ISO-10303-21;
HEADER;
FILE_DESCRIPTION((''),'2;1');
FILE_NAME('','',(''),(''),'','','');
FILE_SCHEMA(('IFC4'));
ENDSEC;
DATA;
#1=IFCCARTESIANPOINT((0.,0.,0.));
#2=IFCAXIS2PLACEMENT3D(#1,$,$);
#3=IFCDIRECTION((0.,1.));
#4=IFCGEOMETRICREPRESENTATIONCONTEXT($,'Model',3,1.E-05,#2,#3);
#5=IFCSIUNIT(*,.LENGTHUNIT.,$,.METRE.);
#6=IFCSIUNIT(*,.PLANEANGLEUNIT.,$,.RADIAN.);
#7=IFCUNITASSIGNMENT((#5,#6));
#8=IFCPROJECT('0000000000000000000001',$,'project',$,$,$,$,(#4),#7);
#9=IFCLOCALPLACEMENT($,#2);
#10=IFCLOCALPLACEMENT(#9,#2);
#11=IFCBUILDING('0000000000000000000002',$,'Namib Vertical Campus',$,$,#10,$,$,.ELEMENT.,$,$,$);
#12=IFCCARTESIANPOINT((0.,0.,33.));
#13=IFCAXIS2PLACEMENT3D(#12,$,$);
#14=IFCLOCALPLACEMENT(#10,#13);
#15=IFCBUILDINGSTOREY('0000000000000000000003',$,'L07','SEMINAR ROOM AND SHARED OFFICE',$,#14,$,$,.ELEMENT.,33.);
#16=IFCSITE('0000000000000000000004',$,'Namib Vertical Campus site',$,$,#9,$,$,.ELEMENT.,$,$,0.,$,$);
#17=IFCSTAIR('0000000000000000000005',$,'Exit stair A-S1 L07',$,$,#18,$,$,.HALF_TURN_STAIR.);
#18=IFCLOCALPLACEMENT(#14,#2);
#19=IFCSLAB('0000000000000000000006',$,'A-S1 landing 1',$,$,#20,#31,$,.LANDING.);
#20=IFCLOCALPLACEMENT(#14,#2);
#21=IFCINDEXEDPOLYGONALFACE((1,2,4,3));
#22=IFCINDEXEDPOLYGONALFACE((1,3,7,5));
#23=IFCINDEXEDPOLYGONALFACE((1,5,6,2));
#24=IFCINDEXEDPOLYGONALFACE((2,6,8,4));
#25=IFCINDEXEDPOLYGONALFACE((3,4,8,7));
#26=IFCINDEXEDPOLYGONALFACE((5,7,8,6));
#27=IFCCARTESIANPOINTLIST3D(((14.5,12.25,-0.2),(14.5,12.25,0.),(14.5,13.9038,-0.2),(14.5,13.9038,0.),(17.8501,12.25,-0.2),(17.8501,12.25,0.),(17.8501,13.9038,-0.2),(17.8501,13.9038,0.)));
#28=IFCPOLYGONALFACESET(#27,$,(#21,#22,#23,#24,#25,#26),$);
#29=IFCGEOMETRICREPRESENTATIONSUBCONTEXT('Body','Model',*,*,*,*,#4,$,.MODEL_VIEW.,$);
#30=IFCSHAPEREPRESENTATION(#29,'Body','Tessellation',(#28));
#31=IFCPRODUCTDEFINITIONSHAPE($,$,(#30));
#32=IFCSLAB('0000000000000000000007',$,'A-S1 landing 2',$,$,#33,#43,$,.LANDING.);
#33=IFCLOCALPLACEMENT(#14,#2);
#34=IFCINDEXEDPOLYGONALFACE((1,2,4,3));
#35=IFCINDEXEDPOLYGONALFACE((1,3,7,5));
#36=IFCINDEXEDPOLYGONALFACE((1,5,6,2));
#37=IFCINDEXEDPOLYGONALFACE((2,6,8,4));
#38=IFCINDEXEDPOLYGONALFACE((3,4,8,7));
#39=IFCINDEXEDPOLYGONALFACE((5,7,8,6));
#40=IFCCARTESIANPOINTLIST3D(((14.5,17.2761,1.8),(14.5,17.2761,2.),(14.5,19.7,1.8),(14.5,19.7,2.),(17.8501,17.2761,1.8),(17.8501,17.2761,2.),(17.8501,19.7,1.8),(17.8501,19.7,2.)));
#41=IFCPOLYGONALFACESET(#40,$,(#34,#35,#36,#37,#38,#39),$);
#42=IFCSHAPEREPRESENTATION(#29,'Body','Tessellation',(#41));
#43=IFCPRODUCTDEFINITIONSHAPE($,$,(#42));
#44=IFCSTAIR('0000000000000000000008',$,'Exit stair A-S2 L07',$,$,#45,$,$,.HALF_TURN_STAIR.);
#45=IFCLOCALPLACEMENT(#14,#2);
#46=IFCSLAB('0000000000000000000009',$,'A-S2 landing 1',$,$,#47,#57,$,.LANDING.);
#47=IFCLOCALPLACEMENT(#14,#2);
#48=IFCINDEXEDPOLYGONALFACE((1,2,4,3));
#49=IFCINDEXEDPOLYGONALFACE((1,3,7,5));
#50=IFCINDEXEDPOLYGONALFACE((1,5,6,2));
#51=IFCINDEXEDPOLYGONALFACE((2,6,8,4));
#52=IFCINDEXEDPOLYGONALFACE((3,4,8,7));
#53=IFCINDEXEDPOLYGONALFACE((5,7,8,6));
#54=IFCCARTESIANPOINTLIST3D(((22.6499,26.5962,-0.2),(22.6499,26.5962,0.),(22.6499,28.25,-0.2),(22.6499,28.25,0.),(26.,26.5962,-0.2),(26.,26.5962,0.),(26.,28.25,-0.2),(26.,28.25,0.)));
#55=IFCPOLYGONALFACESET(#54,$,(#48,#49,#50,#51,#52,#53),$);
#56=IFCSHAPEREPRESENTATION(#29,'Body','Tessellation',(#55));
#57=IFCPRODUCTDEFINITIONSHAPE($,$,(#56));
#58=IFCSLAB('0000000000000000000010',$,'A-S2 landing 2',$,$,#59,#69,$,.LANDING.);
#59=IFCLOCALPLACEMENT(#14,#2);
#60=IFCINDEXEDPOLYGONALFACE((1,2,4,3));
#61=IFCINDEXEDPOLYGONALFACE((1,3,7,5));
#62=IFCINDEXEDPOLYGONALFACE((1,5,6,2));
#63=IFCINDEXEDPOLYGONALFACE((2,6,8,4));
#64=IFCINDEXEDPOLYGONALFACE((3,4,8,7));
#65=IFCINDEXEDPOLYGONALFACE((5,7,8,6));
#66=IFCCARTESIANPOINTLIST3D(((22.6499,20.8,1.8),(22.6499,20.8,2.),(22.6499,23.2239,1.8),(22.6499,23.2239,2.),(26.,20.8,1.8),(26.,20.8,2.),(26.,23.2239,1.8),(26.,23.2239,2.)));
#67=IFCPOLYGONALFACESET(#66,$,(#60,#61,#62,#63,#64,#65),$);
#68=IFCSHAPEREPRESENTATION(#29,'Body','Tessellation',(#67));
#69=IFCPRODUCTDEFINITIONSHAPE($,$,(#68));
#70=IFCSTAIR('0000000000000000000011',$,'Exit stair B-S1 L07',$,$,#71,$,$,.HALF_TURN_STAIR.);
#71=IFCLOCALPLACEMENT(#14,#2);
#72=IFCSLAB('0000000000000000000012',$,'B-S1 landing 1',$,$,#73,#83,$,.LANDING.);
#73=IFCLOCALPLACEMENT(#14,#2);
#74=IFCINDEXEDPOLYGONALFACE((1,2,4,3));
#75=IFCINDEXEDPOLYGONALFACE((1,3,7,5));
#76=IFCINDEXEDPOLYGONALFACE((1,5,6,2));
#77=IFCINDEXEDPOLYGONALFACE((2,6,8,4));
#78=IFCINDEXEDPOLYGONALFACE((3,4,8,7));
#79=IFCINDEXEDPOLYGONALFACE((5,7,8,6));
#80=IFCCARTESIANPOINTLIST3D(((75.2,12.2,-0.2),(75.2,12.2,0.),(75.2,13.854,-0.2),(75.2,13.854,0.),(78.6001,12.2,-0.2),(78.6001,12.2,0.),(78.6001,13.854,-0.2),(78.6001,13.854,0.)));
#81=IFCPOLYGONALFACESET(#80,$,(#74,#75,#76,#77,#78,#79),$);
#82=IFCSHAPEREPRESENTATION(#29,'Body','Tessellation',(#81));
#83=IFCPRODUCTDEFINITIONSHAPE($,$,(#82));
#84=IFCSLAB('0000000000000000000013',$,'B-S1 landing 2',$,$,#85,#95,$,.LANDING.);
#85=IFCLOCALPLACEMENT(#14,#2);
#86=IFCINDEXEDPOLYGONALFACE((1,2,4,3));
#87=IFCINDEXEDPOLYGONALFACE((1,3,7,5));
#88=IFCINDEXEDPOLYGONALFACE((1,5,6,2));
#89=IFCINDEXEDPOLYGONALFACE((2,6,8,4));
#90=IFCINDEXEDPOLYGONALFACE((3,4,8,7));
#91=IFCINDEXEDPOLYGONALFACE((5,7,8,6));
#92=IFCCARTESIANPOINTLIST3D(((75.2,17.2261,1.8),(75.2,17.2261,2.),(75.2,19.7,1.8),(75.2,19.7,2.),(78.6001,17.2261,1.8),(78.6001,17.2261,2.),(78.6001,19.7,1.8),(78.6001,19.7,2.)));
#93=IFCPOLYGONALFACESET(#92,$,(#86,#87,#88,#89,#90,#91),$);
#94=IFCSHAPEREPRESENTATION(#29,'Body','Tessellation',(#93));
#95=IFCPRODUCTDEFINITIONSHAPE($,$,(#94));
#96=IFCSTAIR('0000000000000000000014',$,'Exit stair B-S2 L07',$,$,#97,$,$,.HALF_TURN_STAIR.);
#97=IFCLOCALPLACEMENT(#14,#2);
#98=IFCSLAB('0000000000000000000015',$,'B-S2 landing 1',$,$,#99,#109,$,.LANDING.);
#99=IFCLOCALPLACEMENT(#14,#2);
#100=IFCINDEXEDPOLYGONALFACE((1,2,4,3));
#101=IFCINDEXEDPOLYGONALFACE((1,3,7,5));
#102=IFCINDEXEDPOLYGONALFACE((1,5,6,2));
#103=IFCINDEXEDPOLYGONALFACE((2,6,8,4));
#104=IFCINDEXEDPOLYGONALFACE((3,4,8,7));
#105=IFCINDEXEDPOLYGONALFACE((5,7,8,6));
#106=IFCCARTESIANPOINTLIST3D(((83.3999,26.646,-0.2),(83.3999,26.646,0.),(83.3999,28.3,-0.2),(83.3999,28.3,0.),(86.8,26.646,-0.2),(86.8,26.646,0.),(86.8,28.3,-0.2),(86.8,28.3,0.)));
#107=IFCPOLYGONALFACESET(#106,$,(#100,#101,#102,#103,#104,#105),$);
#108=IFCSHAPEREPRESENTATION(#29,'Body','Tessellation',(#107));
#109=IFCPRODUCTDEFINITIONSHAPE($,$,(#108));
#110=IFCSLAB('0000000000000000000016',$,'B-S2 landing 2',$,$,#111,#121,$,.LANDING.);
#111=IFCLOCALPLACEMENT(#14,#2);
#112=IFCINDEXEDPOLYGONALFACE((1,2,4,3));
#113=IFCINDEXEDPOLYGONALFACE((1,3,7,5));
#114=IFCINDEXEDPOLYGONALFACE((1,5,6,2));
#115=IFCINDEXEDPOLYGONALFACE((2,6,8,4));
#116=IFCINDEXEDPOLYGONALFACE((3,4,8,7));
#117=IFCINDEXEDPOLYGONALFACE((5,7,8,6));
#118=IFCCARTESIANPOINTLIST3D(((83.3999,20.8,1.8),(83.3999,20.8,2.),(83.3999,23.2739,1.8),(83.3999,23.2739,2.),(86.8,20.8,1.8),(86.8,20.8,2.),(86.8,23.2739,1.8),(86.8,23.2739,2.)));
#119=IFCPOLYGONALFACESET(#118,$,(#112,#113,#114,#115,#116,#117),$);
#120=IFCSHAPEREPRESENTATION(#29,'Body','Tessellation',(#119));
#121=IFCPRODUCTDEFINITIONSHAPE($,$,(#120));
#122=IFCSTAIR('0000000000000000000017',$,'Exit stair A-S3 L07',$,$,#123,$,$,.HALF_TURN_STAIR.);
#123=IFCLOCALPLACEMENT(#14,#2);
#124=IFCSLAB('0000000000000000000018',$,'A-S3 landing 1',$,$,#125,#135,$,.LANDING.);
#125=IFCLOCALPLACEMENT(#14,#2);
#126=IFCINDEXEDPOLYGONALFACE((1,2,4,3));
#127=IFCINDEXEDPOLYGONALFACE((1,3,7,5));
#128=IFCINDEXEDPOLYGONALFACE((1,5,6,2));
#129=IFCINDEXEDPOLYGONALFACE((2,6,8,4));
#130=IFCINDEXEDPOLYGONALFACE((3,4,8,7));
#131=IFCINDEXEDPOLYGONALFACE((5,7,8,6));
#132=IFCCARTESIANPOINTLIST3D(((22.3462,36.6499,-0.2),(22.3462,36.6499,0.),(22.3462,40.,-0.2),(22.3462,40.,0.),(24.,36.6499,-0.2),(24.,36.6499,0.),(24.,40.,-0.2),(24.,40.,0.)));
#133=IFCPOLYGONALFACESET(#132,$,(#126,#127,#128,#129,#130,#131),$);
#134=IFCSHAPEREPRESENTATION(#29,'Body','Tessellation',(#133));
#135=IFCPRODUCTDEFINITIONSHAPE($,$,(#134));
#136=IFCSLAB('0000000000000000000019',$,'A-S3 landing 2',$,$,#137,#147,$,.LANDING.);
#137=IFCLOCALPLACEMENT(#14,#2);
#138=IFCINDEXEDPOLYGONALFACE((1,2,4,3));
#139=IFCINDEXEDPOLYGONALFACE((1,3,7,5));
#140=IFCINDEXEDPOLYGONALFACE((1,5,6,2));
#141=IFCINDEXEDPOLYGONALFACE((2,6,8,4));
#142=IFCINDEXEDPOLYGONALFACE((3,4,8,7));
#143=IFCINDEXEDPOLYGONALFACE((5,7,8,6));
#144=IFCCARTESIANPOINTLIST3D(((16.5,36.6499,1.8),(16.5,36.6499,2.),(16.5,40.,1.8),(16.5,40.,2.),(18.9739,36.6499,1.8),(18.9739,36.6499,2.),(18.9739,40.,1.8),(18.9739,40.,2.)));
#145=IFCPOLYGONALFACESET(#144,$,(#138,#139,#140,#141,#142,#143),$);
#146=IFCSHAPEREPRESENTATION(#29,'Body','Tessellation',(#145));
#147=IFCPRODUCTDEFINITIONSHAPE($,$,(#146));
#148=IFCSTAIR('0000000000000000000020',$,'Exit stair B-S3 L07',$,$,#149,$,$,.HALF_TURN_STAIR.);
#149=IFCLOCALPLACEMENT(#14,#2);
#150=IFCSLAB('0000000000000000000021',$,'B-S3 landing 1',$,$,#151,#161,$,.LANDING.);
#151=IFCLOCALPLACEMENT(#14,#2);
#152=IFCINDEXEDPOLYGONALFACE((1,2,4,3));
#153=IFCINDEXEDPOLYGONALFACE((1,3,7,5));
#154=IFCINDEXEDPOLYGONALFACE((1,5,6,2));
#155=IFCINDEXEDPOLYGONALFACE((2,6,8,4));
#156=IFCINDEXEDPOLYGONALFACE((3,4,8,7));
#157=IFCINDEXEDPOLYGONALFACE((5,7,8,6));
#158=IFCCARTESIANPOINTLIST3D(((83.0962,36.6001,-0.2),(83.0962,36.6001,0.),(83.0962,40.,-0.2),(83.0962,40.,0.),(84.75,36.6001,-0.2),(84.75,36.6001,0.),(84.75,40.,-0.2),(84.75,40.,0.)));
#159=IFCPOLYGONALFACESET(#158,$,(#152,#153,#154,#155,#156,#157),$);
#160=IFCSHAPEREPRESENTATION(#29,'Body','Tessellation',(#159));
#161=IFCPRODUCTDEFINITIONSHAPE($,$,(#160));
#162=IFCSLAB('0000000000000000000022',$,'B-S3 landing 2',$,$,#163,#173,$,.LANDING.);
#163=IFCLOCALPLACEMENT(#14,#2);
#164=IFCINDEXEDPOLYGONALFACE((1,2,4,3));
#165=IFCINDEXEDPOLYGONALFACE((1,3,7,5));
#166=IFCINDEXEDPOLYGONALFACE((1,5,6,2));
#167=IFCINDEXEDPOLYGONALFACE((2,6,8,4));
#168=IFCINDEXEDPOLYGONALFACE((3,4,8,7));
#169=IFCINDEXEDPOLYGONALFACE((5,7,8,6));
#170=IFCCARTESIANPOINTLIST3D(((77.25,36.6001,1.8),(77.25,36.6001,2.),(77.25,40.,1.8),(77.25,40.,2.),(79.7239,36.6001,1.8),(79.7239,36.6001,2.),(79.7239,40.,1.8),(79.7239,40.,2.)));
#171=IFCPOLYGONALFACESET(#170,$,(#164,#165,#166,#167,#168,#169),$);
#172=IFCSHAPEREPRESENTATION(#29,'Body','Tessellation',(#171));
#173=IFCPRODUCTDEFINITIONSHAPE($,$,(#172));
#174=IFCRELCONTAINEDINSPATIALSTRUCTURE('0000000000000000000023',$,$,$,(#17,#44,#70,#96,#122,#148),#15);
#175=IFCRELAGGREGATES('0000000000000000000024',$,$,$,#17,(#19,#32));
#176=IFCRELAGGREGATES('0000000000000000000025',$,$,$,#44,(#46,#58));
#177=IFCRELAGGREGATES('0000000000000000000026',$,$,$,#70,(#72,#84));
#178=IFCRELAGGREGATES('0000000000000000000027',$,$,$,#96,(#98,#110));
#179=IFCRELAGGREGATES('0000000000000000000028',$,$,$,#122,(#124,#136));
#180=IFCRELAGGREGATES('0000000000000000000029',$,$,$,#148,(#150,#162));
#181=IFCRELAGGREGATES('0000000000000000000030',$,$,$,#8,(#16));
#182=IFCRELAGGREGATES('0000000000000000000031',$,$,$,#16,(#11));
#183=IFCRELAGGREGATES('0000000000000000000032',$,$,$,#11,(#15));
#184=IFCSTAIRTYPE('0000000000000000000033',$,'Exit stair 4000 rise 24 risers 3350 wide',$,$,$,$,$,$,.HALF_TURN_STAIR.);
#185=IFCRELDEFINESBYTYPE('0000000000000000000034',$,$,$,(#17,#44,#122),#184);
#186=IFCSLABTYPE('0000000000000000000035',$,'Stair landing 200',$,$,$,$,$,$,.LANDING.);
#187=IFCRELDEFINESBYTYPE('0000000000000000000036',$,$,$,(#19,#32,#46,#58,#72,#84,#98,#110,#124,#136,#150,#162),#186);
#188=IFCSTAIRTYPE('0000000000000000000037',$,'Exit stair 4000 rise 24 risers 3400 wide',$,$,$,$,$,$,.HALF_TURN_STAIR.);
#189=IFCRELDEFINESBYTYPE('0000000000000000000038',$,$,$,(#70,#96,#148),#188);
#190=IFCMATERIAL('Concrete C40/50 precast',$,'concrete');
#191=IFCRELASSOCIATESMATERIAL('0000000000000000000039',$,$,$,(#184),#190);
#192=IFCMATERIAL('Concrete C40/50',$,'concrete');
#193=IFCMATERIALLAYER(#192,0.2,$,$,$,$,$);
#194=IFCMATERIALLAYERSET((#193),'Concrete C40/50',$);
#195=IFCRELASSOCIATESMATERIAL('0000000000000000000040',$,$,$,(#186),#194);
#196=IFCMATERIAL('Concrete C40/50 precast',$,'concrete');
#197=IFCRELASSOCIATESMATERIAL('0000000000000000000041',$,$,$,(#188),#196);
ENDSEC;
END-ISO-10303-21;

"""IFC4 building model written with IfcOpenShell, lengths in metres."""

from ifc_helpers import new_model, si_unit, direction, frame, origin, place, context, subcontext, project, spatial, polyline, outline, extrude, material, layer, layer_set, type_object, element, aggregate, save


model = new_model("IFC4")

# Units and contexts
model_context = context("Model", 3, precision=1e-05, world=origin(), true_north=direction((0.0, 1.0)))
body_context = subcontext(model_context, "Body", "Model", "MODEL_VIEW")
ifc_project = project(units=[si_unit("LENGTHUNIT", "METRE"), si_unit("PLANEANGLEUNIT", "RADIAN")], contexts=[model_context])

# Site, building, storey
site_placement = place(None, origin())
site = spatial("IfcSite", under=ifc_project, at=site_placement, Name="Namib Vertical Campus site", CompositionType="ELEMENT", RefElevation=0.0)
building_placement = place(site_placement, origin())
building = spatial("IfcBuilding", under=site, at=building_placement, Name="Namib Vertical Campus", CompositionType="ELEMENT")
storey_placement = place(building_placement, frame((0.0, 0.0, 33.0)))
storey = spatial("IfcBuildingStorey", under=building, at=storey_placement, Name="L07", Description="SEMINAR ROOM AND SHARED OFFICE", CompositionType="ELEMENT", Elevation=33.0)

# Stairs, slabs
ifc_material_1 = material(Name="Concrete C40/50 precast", Category="concrete")
stair_type_1 = type_object("IfcStairType", Name="Exit stair 4000 rise 24 risers 3350 wide", PredefinedType="HALF_TURN_STAIR", material=ifc_material_1)
stair_1_placement = place(storey_placement, origin())
stair_1 = element("IfcStair", 1, at=stair_1_placement, inside=storey, type_object=stair_type_1, Name="Exit stair A-S1 L07", PredefinedType="HALF_TURN_STAIR")
ifc_material_2 = material(Name="Concrete C40/50", Category="concrete")
ifc_layer_1 = layer(ifc_material_2, 0.2)
ifc_layer_set_1 = layer_set([ifc_layer_1], Name="Concrete C40/50")
slab_type_1 = type_object("IfcSlabType", Name="Stair landing 200", PredefinedType="LANDING", material=ifc_layer_set_1)
slab_1_placement = place(storey_placement, frame((0.0, 0.0, -0.2)))
slab_1 = element("IfcSlab", 2, at=slab_1_placement, type_object=slab_type_1, Name="A-S1 landing 1", PredefinedType="LANDING", context=body_context, shape_type="SweptSolid", body=[
    extrude(outline(polyline([(14.5, 12.25), (17.8501, 12.25), (17.8501, 13.9038), (14.5, 13.9038), (14.5, 12.25)])), origin(), (0.0, 0.0, 1.0), 0.2),
])
slab_2_placement = place(storey_placement, frame((0.0, 0.0, 1.8)))
slab_2 = element("IfcSlab", 3, at=slab_2_placement, type_object=slab_type_1, Name="A-S1 landing 2", PredefinedType="LANDING", context=body_context, shape_type="SweptSolid", body=[
    extrude(outline(polyline([(14.5, 17.2761), (17.8501, 17.2761), (17.8501, 19.7), (14.5, 19.7), (14.5, 17.2761)])), origin(), (0.0, 0.0, 1.0), 0.2),
])
aggregate(stair_1, [slab_1, slab_2])
stair_2_placement = place(storey_placement, origin())
stair_2 = element("IfcStair", 4, at=stair_2_placement, inside=storey, type_object=stair_type_1, Name="Exit stair A-S2 L07", PredefinedType="HALF_TURN_STAIR")
slab_3_placement = place(storey_placement, frame((0.0, 0.0, -0.2)))
slab_3 = element("IfcSlab", 5, at=slab_3_placement, type_object=slab_type_1, Name="A-S2 landing 1", PredefinedType="LANDING", context=body_context, shape_type="SweptSolid", body=[
    extrude(outline(polyline([(22.6499, 26.5962), (26.0, 26.5962), (26.0, 28.25), (22.6499, 28.25), (22.6499, 26.5962)])), origin(), (0.0, 0.0, 1.0), 0.2),
])
slab_4_placement = place(storey_placement, frame((0.0, 0.0, 1.8)))
slab_4 = element("IfcSlab", 6, at=slab_4_placement, type_object=slab_type_1, Name="A-S2 landing 2", PredefinedType="LANDING", context=body_context, shape_type="SweptSolid", body=[
    extrude(outline(polyline([(22.6499, 20.8), (26.0, 20.8), (26.0, 23.2239), (22.6499, 23.2239), (22.6499, 20.8)])), origin(), (0.0, 0.0, 1.0), 0.2),
])
aggregate(stair_2, [slab_3, slab_4])
ifc_material_3 = material(Name="Concrete C40/50 precast", Category="concrete")
stair_type_2 = type_object("IfcStairType", Name="Exit stair 4000 rise 24 risers 3400 wide", PredefinedType="HALF_TURN_STAIR", material=ifc_material_3)
stair_3_placement = place(storey_placement, origin())
stair_3 = element("IfcStair", 7, at=stair_3_placement, inside=storey, type_object=stair_type_2, Name="Exit stair B-S1 L07", PredefinedType="HALF_TURN_STAIR")
slab_5_placement = place(storey_placement, frame((0.0, 0.0, -0.2)))
slab_5 = element("IfcSlab", 8, at=slab_5_placement, type_object=slab_type_1, Name="B-S1 landing 1", PredefinedType="LANDING", context=body_context, shape_type="SweptSolid", body=[
    extrude(outline(polyline([(75.2, 12.2), (78.6001, 12.2), (78.6001, 13.854), (75.2, 13.854), (75.2, 12.2)])), origin(), (0.0, 0.0, 1.0), 0.2),
])
slab_6_placement = place(storey_placement, frame((0.0, 0.0, 1.8)))
slab_6 = element("IfcSlab", 9, at=slab_6_placement, type_object=slab_type_1, Name="B-S1 landing 2", PredefinedType="LANDING", context=body_context, shape_type="SweptSolid", body=[
    extrude(outline(polyline([(75.2, 17.2261), (78.6001, 17.2261), (78.6001, 19.7), (75.2, 19.7), (75.2, 17.2261)])), origin(), (0.0, 0.0, 1.0), 0.2),
])
aggregate(stair_3, [slab_5, slab_6])
stair_4_placement = place(storey_placement, origin())
stair_4 = element("IfcStair", 10, at=stair_4_placement, inside=storey, type_object=stair_type_2, Name="Exit stair B-S2 L07", PredefinedType="HALF_TURN_STAIR")
slab_7_placement = place(storey_placement, frame((0.0, 0.0, -0.2)))
slab_7 = element("IfcSlab", 11, at=slab_7_placement, type_object=slab_type_1, Name="B-S2 landing 1", PredefinedType="LANDING", context=body_context, shape_type="SweptSolid", body=[
    extrude(outline(polyline([(83.3999, 26.646), (86.8, 26.646), (86.8, 28.3), (83.3999, 28.3), (83.3999, 26.646)])), origin(), (0.0, 0.0, 1.0), 0.2),
])
slab_8_placement = place(storey_placement, frame((0.0, 0.0, 1.8)))
slab_8 = element("IfcSlab", 12, at=slab_8_placement, type_object=slab_type_1, Name="B-S2 landing 2", PredefinedType="LANDING", context=body_context, shape_type="SweptSolid", body=[
    extrude(outline(polyline([(83.3999, 20.8), (86.8, 20.8), (86.8, 23.2739), (83.3999, 23.2739), (83.3999, 20.8)])), origin(), (0.0, 0.0, 1.0), 0.2),
])
aggregate(stair_4, [slab_7, slab_8])
stair_5_placement = place(storey_placement, origin())
stair_5 = element("IfcStair", 13, at=stair_5_placement, inside=storey, type_object=stair_type_1, Name="Exit stair A-S3 L07", PredefinedType="HALF_TURN_STAIR")
slab_9_placement = place(storey_placement, frame((0.0, 0.0, -0.2)))
slab_9 = element("IfcSlab", 14, at=slab_9_placement, type_object=slab_type_1, Name="A-S3 landing 1", PredefinedType="LANDING", context=body_context, shape_type="SweptSolid", body=[
    extrude(outline(polyline([(22.3462, 36.6499), (22.3462, 40.0), (24.0, 40.0), (24.0, 36.6499), (22.3462, 36.6499)])), origin(), (0.0, 0.0, 1.0), 0.2),
])
slab_10_placement = place(storey_placement, frame((0.0, 0.0, 1.8)))
slab_10 = element("IfcSlab", 15, at=slab_10_placement, type_object=slab_type_1, Name="A-S3 landing 2", PredefinedType="LANDING", context=body_context, shape_type="SweptSolid", body=[
    extrude(outline(polyline([(16.5, 36.6499), (16.5, 40.0), (18.9739, 40.0), (18.9739, 36.6499), (16.5, 36.6499)])), origin(), (0.0, 0.0, 1.0), 0.2),
])
aggregate(stair_5, [slab_9, slab_10])
stair_6_placement = place(storey_placement, origin())
stair_6 = element("IfcStair", 16, at=stair_6_placement, inside=storey, type_object=stair_type_2, Name="Exit stair B-S3 L07", PredefinedType="HALF_TURN_STAIR")
slab_11_placement = place(storey_placement, frame((0.0, 0.0, -0.2)))
slab_11 = element("IfcSlab", 17, at=slab_11_placement, type_object=slab_type_1, Name="B-S3 landing 1", PredefinedType="LANDING", context=body_context, shape_type="SweptSolid", body=[
    extrude(outline(polyline([(83.0962, 36.6001), (83.0962, 40.0), (84.75, 40.0), (84.75, 36.6001), (83.0962, 36.6001)])), origin(), (0.0, 0.0, 1.0), 0.2),
])
slab_12_placement = place(storey_placement, frame((0.0, 0.0, 1.8)))
slab_12 = element("IfcSlab", 18, at=slab_12_placement, type_object=slab_type_1, Name="B-S3 landing 2", PredefinedType="LANDING", context=body_context, shape_type="SweptSolid", body=[
    extrude(outline(polyline([(77.25, 36.6001), (77.25, 40.0), (79.7239, 40.0), (79.7239, 36.6001), (77.25, 36.6001)])), origin(), (0.0, 0.0, 1.0), 0.2),
])
aggregate(stair_6, [slab_11, slab_12])

save(model, "model.ifc")
